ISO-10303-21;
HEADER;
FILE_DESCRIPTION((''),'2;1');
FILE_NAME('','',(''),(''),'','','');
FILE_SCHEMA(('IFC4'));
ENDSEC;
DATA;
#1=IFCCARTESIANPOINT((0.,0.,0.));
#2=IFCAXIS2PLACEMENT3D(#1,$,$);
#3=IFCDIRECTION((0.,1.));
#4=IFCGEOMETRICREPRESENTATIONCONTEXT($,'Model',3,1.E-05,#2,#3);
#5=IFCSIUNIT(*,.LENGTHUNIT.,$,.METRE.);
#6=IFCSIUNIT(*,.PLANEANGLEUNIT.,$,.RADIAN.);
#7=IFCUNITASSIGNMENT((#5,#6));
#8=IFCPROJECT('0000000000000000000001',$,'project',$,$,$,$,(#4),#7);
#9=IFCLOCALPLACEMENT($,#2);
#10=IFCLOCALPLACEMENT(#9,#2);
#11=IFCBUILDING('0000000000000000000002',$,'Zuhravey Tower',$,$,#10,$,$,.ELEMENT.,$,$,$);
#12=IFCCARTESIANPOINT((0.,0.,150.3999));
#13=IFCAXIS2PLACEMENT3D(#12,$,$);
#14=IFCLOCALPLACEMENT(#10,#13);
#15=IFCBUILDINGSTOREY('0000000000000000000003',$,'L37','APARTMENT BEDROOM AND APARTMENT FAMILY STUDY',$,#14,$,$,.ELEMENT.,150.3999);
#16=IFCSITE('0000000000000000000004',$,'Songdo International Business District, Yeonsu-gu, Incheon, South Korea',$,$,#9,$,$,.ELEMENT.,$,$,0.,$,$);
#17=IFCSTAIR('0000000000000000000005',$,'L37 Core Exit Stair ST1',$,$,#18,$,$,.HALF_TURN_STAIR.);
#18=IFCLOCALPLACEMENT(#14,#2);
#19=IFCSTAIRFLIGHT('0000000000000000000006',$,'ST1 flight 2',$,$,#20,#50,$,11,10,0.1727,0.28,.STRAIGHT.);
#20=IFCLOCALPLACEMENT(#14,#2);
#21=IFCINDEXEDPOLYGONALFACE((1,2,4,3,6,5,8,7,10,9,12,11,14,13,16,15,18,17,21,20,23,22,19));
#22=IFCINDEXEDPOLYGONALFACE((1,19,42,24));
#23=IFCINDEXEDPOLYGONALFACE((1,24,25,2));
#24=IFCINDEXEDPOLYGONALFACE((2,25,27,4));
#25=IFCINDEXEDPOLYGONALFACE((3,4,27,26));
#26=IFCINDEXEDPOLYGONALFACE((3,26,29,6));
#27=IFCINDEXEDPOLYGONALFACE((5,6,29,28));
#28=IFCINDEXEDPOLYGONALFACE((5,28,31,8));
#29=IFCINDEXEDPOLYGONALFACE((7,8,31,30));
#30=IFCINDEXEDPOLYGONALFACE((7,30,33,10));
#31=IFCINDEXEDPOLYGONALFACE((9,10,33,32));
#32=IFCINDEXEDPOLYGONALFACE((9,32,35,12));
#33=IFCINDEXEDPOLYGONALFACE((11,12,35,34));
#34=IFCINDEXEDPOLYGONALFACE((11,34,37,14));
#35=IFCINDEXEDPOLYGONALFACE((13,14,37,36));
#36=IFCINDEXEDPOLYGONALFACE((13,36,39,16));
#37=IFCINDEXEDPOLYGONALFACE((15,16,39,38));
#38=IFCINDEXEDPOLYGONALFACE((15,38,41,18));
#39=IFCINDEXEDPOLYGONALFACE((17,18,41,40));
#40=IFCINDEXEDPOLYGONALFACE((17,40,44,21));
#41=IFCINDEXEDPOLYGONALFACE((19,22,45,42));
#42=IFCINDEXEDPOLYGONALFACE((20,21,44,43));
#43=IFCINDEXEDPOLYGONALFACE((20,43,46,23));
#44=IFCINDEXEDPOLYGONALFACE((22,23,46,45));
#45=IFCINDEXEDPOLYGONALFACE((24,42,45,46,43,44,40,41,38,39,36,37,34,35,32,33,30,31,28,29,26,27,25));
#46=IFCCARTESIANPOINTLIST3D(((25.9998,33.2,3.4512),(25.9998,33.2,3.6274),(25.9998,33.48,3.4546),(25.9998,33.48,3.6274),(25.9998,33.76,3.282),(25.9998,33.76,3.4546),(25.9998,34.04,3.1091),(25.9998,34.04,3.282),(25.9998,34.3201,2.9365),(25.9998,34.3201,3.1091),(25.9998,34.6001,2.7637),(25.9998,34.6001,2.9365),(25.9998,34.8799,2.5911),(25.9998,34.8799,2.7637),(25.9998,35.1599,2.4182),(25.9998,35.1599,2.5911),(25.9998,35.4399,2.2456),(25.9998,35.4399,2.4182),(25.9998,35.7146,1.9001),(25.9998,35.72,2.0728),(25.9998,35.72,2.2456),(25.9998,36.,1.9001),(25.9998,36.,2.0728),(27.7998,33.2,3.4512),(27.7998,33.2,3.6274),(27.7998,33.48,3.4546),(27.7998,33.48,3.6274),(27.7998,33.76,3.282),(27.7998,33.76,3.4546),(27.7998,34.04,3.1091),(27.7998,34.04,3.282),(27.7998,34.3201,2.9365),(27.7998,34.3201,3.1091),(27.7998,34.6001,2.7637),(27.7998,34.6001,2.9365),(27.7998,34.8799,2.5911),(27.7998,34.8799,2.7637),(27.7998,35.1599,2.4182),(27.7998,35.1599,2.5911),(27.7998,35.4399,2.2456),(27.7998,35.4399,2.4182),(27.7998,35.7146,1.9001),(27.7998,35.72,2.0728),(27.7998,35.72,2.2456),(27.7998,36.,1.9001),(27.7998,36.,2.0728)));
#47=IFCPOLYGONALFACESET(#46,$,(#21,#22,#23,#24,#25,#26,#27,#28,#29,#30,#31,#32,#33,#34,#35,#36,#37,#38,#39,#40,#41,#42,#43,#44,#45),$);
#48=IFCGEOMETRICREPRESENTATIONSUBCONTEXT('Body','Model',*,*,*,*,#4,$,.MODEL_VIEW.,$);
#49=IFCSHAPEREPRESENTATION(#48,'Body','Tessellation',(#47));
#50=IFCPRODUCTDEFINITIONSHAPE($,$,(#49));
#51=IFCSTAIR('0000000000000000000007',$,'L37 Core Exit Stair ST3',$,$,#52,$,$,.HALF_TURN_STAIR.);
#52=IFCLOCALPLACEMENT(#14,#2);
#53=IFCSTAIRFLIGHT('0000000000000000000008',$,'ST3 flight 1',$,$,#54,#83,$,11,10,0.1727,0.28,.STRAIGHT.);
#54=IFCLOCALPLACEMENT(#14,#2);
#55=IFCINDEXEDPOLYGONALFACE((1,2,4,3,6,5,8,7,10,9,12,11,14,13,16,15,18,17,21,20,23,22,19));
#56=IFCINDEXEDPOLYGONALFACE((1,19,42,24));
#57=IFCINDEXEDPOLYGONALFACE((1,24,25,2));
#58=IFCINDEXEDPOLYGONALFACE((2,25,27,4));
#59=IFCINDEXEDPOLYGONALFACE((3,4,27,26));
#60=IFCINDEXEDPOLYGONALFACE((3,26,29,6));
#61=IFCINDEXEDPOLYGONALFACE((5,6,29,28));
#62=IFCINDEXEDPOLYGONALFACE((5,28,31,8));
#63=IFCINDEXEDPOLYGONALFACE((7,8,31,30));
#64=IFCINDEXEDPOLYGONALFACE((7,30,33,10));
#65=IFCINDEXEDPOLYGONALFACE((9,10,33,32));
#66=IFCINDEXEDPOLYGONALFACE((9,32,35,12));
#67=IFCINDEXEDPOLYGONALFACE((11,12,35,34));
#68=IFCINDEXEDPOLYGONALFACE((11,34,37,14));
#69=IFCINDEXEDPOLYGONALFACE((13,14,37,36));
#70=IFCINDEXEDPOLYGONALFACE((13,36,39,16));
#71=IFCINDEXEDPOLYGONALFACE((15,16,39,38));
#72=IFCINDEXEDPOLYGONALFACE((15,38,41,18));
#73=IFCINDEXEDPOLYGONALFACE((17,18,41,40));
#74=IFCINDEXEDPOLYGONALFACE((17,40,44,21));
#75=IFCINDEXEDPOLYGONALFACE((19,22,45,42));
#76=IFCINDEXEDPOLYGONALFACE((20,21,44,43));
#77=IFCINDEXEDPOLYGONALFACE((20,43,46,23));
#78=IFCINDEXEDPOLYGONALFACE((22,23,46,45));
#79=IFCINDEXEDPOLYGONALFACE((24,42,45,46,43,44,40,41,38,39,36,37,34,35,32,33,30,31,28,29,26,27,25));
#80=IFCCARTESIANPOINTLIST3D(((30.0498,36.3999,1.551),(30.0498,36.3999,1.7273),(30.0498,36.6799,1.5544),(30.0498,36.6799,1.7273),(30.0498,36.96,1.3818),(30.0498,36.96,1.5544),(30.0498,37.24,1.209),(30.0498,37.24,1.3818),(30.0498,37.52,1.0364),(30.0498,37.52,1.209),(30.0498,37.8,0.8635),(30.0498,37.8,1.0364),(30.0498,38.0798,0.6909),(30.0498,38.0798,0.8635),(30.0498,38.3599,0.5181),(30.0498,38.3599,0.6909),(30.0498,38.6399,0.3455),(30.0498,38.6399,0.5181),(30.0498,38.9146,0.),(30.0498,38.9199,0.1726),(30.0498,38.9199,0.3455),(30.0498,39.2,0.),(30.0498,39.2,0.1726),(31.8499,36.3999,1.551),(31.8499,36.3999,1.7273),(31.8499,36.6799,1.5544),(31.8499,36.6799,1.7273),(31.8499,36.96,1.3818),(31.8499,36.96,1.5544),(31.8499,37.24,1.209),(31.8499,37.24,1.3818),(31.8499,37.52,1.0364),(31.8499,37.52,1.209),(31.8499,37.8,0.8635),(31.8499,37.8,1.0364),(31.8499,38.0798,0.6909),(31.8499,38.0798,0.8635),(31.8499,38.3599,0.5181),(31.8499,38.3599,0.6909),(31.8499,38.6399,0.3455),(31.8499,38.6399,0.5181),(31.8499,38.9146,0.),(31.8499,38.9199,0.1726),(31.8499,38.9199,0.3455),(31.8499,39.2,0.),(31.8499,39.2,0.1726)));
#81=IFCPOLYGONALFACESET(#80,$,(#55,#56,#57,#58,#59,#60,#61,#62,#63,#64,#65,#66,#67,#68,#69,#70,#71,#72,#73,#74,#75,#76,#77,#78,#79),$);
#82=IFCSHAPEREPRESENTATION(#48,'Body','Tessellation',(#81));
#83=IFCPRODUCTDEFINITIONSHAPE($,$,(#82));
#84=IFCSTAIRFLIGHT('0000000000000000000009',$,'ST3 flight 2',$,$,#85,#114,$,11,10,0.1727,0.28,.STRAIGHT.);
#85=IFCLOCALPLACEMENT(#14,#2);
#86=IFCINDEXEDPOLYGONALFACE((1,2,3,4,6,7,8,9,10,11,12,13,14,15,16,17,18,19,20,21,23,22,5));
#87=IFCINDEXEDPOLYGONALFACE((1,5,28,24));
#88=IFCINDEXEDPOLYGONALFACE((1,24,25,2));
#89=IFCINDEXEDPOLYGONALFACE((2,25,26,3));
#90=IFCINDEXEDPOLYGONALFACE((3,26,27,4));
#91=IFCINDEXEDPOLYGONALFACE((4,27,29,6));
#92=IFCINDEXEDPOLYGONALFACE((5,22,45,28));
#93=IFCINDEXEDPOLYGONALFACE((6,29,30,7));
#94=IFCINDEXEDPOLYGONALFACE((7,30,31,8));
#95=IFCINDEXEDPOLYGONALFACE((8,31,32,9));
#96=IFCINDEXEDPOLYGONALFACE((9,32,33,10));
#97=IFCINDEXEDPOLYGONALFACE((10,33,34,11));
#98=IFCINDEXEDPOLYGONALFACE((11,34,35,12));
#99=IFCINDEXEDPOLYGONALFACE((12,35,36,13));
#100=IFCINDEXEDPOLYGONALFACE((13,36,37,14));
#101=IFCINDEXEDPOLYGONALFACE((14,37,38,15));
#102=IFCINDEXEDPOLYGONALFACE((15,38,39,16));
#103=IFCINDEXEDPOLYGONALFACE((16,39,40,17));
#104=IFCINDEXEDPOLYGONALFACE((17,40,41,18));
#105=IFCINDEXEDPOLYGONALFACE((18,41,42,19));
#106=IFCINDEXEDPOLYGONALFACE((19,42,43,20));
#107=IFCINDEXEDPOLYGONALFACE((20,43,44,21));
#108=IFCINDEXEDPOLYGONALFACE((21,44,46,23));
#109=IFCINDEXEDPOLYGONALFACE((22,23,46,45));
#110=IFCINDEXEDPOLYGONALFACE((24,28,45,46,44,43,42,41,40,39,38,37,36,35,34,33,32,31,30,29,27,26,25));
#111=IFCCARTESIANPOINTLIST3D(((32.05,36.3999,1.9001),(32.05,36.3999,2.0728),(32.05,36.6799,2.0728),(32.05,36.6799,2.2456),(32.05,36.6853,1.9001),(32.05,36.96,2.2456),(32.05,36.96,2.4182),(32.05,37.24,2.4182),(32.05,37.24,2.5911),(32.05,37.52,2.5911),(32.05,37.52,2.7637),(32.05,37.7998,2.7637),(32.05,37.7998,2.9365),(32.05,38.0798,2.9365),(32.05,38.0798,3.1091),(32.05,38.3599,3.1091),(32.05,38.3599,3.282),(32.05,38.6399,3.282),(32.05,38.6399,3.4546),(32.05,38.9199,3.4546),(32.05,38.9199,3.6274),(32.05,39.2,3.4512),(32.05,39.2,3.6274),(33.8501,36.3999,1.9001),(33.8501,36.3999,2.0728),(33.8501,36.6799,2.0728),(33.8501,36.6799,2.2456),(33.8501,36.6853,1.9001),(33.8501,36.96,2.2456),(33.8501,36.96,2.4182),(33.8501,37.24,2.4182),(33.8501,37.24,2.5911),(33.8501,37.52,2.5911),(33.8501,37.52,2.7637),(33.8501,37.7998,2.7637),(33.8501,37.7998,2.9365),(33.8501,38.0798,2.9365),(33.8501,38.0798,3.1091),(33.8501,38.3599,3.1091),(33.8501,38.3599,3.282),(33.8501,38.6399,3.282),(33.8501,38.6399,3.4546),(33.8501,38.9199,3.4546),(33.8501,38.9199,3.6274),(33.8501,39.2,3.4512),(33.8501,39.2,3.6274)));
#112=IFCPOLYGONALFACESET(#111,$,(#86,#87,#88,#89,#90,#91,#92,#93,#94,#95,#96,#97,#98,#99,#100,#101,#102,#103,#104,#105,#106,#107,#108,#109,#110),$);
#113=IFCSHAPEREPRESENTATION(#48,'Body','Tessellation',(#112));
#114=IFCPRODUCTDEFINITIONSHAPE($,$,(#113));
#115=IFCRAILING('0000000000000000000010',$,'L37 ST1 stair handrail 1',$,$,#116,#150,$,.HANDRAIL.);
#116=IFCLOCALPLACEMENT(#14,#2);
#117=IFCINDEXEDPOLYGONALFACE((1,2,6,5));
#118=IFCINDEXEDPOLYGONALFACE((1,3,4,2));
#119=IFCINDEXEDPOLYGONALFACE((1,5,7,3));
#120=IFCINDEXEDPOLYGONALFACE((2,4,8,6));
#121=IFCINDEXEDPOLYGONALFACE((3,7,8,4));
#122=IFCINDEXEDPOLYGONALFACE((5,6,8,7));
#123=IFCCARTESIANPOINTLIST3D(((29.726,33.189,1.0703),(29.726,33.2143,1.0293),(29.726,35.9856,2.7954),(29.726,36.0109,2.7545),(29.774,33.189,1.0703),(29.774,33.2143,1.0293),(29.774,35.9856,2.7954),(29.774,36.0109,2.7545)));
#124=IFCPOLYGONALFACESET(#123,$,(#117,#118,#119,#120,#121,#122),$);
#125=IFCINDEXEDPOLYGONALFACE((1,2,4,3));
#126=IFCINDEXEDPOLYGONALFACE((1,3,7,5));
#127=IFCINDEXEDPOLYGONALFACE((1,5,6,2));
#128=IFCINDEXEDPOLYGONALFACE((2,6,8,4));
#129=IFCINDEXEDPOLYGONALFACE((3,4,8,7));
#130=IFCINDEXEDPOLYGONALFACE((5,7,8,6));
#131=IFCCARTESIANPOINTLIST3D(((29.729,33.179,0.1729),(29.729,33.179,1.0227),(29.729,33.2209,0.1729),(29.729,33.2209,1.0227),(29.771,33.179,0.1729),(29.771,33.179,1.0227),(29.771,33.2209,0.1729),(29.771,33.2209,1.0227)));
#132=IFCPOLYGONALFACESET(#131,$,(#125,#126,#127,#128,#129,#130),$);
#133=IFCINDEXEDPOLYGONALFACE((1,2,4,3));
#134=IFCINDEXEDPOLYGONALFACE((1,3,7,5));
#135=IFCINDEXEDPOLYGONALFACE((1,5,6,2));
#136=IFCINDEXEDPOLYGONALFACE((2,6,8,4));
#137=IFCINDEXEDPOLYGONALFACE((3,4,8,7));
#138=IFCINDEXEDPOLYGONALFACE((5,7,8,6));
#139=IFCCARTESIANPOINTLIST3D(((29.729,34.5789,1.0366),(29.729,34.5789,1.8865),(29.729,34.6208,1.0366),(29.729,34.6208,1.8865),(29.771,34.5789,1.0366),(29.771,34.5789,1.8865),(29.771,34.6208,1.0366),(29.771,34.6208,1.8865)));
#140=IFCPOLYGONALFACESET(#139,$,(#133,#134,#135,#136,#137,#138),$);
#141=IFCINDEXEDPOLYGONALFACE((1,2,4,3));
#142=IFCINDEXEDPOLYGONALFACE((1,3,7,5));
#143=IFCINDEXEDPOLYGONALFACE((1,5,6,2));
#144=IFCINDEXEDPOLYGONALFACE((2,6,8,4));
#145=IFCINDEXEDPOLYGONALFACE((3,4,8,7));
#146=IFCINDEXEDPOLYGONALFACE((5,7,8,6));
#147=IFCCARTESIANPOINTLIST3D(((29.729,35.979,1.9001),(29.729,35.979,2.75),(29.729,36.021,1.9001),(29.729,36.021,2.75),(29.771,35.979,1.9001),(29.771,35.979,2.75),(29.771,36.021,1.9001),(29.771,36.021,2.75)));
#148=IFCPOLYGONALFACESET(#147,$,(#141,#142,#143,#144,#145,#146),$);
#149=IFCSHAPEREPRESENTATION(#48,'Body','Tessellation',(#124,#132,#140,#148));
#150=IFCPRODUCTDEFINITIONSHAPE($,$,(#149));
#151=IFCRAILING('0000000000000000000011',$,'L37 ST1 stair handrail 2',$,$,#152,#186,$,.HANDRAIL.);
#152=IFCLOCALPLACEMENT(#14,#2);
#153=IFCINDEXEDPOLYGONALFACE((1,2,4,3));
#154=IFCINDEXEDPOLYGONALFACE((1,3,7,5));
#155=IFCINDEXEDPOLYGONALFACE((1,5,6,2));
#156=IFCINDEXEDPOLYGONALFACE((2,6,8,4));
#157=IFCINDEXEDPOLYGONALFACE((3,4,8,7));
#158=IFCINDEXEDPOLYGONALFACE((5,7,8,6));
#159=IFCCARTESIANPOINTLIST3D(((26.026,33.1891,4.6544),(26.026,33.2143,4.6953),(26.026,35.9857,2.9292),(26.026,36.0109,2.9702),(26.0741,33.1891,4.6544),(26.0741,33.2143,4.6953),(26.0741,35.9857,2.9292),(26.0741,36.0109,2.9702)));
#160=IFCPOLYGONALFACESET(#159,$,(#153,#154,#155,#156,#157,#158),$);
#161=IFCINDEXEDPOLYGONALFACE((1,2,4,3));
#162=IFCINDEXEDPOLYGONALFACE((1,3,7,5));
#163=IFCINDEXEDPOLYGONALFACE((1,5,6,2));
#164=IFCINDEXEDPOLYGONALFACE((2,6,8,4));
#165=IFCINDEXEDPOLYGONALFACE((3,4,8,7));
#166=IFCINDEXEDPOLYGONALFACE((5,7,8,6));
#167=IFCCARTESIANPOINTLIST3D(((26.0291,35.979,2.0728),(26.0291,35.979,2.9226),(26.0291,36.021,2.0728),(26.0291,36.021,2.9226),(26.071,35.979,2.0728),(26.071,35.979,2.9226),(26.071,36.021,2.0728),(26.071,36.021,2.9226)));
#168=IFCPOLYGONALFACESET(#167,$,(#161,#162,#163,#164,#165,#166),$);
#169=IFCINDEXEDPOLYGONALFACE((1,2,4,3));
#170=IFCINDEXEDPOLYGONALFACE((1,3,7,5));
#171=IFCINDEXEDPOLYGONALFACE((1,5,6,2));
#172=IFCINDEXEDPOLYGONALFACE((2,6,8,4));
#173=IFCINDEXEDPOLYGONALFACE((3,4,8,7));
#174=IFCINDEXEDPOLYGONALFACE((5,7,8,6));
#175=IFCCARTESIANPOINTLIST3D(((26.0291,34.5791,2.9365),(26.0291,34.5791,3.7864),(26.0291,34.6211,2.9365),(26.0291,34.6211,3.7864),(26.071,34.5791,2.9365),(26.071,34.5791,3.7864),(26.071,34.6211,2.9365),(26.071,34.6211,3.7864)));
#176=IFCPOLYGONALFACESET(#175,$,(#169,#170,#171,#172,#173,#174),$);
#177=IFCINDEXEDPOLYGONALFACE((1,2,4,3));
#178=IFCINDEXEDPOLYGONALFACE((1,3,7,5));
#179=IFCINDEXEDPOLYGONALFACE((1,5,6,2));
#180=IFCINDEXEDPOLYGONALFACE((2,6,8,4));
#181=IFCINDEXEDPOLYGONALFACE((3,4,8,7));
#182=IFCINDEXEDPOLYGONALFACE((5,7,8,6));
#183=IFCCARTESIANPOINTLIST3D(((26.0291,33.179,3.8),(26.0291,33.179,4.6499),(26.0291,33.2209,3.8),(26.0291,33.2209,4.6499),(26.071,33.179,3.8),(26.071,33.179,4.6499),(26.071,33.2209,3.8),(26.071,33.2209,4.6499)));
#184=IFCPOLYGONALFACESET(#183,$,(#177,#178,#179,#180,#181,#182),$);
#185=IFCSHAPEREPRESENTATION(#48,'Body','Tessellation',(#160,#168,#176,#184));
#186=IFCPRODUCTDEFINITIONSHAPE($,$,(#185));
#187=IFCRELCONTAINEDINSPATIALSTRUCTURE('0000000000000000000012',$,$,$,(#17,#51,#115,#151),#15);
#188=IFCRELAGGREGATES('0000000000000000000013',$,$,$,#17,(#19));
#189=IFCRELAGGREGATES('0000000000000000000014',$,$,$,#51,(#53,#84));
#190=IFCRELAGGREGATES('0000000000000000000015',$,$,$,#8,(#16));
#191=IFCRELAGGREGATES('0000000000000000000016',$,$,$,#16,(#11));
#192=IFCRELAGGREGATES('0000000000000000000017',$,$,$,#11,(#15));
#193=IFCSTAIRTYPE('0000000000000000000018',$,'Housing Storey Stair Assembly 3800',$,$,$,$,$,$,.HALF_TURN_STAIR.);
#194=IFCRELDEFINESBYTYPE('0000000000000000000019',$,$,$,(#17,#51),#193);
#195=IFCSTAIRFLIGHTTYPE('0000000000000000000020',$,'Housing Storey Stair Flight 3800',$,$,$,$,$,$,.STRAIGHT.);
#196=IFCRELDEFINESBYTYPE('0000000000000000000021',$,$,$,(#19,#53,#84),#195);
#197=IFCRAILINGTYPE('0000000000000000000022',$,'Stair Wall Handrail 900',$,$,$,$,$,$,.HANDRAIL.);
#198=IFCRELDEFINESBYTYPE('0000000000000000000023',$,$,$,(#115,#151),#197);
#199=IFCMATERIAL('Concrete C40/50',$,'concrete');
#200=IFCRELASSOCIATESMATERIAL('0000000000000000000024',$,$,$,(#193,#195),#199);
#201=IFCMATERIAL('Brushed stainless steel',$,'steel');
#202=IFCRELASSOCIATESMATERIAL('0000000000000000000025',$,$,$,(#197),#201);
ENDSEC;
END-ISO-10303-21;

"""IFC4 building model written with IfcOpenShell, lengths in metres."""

from ifc_helpers import new_model, si_unit, direction, frame, origin, origin_2d, place, context, subcontext, project, spatial, polyline, rectangle, outline, extrude, material, type_object, element, aggregate, save


model = new_model("IFC4")

# Units and contexts
model_context = context("Model", 3, precision=1e-05, world=origin(), true_north=direction((0.0, 1.0)))
body_context = subcontext(model_context, "Body", "Model", "MODEL_VIEW")
ifc_project = project(units=[si_unit("LENGTHUNIT", "METRE"), si_unit("PLANEANGLEUNIT", "RADIAN")], contexts=[model_context])

# Site, building, storey
site_placement = place(None, origin())
site = spatial("IfcSite", under=ifc_project, at=site_placement, Name="Songdo International Business District, Yeonsu-gu, Incheon, South Korea", CompositionType="ELEMENT", RefElevation=0.0)
building_placement = place(site_placement, origin())
building = spatial("IfcBuilding", under=site, at=building_placement, Name="Zuhravey Tower", CompositionType="ELEMENT")
storey_placement = place(building_placement, frame((0.0, 0.0, 150.3999)))
storey = spatial("IfcBuildingStorey", under=building, at=storey_placement, Name="L37", Description="APARTMENT BEDROOM AND APARTMENT FAMILY STUDY", CompositionType="ELEMENT", Elevation=150.3999)

# Stairs, stair flights
ifc_material_1 = material(Name="Concrete C40/50", Category="concrete")
stair_type = type_object("IfcStairType", Name="Housing Storey Stair Assembly 3800", PredefinedType="HALF_TURN_STAIR", material=ifc_material_1)
stair_1_placement = place(storey_placement, origin())
stair_1 = element("IfcStair", 1, at=stair_1_placement, inside=storey, type_object=stair_type, Name="L37 Core Exit Stair ST1", PredefinedType="HALF_TURN_STAIR")
stair_flight_type = type_object("IfcStairFlightType", Name="Housing Storey Stair Flight 3800", PredefinedType="STRAIGHT", material=ifc_material_1)
stair_flight_1_placement = place(storey_placement, frame((26.8999, 36.0, 1.9001), z_axis=(0.0, 0.0, 1.0), x_axis=(0.0, -1.0, 0.0)))
stair_flight_1 = element("IfcStairFlight", 2, at=stair_flight_1_placement, type_object=stair_flight_type, Name="ST1 flight 2", NumberOfRisers=11, NumberOfTreads=10, PredefinedType="STRAIGHT", RiserHeight=0.1727, TreadLength=0.28, context=body_context, shape_type="SweptSolid", body=[
    extrude(outline(polyline([(0.0, 0.0), (0.0, 0.1726), (0.28, 0.1726), (0.28, 0.3455), (0.5601, 0.3455), (0.5601, 0.5181), (0.8401, 0.5181), (0.8401, 0.6909), (1.1201, 0.6909), (1.1201, 0.8635), (1.3999, 0.8635), (1.3999, 1.0364), (1.6799, 1.0364), (1.6799, 1.209), (1.96, 1.209), (1.96, 1.3818), (2.24, 1.3818), (2.24, 1.5544), (2.52, 1.5544), (2.52, 1.7273), (2.8, 1.7273), (2.8, 1.8999), (2.8, 1.551), (0.2854, 0.0), (0.0, 0.0)])), frame((0.0, 0.8999, 0.0), z_axis=(0.0, -1.0, 0.0), x_axis=(1.0, 0.0, 0.0)), (0.0, 0.0, 1.0), 1.8),
])
aggregate(stair_1, [stair_flight_1])
stair_2_placement = place(storey_placement, origin())
stair_2 = element("IfcStair", 3, at=stair_2_placement, inside=storey, type_object=stair_type, Name="L37 Core Exit Stair ST3", PredefinedType="HALF_TURN_STAIR")
stair_flight_2_placement = place(storey_placement, frame((30.95, 39.2, 0.0), z_axis=(0.0, 0.0, 1.0), x_axis=(0.0, -1.0, 0.0)))
stair_flight_2 = element("IfcStairFlight", 4, at=stair_flight_2_placement, type_object=stair_flight_type, Name="ST3 flight 1", NumberOfRisers=11, NumberOfTreads=10, PredefinedType="STRAIGHT", RiserHeight=0.1727, TreadLength=0.28, context=body_context, shape_type="SweptSolid", body=[
    extrude(outline(polyline([(0.0, 0.0), (0.0, 0.1726), (0.28, 0.1726), (0.28, 0.3455), (0.5601, 0.3455), (0.5601, 0.5181), (0.8401, 0.5181), (0.8401, 0.6909), (1.1201, 0.6909), (1.1201, 0.8635), (1.3999, 0.8635), (1.3999, 1.0364), (1.6799, 1.0364), (1.6799, 1.209), (1.96, 1.209), (1.96, 1.3818), (2.24, 1.3818), (2.24, 1.5544), (2.52, 1.5544), (2.52, 1.7273), (2.8, 1.7273), (2.8, 1.8999), (2.8, 1.551), (0.2854, 0.0), (0.0, 0.0)])), frame((0.0, 0.8999, 0.0), z_axis=(0.0, -1.0, 0.0), x_axis=(1.0, 0.0, 0.0)), (0.0, 0.0, 1.0), 1.8),
])
stair_flight_3_placement = place(storey_placement, frame((32.95, 36.3999, 1.9001), z_axis=(0.0, 0.0, 1.0), x_axis=(0.0, 1.0, 0.0)))
stair_flight_3 = element("IfcStairFlight", 5, at=stair_flight_3_placement, type_object=stair_flight_type, Name="ST3 flight 2", NumberOfRisers=11, NumberOfTreads=10, PredefinedType="STRAIGHT", RiserHeight=0.1727, TreadLength=0.28, context=body_context, shape_type="SweptSolid", body=[
    extrude(outline(polyline([(0.0, 0.0), (0.0, 0.1726), (0.28, 0.1726), (0.28, 0.3455), (0.5601, 0.3455), (0.5601, 0.5181), (0.8401, 0.5181), (0.8401, 0.6909), (1.1201, 0.6909), (1.1201, 0.8635), (1.3999, 0.8635), (1.3999, 1.0364), (1.6799, 1.0364), (1.6799, 1.209), (1.96, 1.209), (1.96, 1.3818), (2.24, 1.3818), (2.24, 1.5544), (2.52, 1.5544), (2.52, 1.7273), (2.8, 1.7273), (2.8, 1.8999), (2.8, 1.551), (0.2854, 0.0), (0.0, 0.0)])), frame((0.0, 0.8999, 0.0), z_axis=(0.0, -1.0, 0.0), x_axis=(1.0, 0.0, 0.0)), (0.0, 0.0, 1.0), 1.8),
])
aggregate(stair_2, [stair_flight_2, stair_flight_3])

# Railings
ifc_material_2 = material(Name="Brushed stainless steel", Category="steel")
railing_type_1 = type_object("IfcRailingType", Name="Stair Wall Handrail 900", PredefinedType="HANDRAIL", material=ifc_material_2)
railing_1_placement = place(storey_placement, frame((29.75, 33.2, 0.1729)))
element("IfcRailing", 6, at=railing_1_placement, inside=storey, type_object=railing_type_1, Name="L37 ST1 stair handrail 1", PredefinedType="HANDRAIL", context=body_context, shape_type="SweptSolid", body=[
    extrude(rectangle(XDim=0.0481, YDim=0.0481, at=origin_2d()), frame((0.0, 0.0017, 0.877), z_axis=(0.0, 0.85109, 0.52502), x_axis=(-1.0, 0.0, 0.0)), (0.0, 0.0, 1.0), 3.2859),
    extrude(rectangle(XDim=0.042, YDim=0.042, at=origin_2d()), origin(), (0.0, 0.0, 1.0), 0.8499),
    extrude(rectangle(XDim=0.042, YDim=0.042, at=origin_2d()), frame((0.0, 1.3999, 0.8638)), (0.0, 0.0, 1.0), 0.8499),
    extrude(rectangle(XDim=0.042, YDim=0.042, at=origin_2d()), frame((0.0, 2.8, 1.7273)), (0.0, 0.0, 1.0), 0.8499),
])
for number, where, name in (
    (7, (26.05, 36.0, 2.0728), "L37 ST1 stair handrail 2"),
):
    element("IfcRailing", number, at=place(storey_placement, frame(where)), inside=storey, type_object=railing_type_1, Name=name, PredefinedType="HANDRAIL", context=body_context, shape_type="SweptSolid", body=[
        extrude(rectangle(XDim=0.0481, YDim=0.0481, at=origin_2d()), frame((0.0, -0.0017, 0.877), z_axis=(0.0, -0.85109, 0.52502), x_axis=(1.0, 0.0, 0.0)), (0.0, 0.0, 1.0), 3.2859),
        extrude(rectangle(XDim=0.042, YDim=0.042, at=origin_2d()), origin(), (0.0, 0.0, 1.0), 0.8499),
        extrude(rectangle(XDim=0.042, YDim=0.042, at=origin_2d()), frame((0.0, -1.3999, 0.8638)), (0.0, 0.0, 1.0), 0.8499),
        extrude(rectangle(XDim=0.042, YDim=0.042, at=origin_2d()), frame((0.0, -2.8, 1.7273)), (0.0, 0.0, 1.0), 0.8499),
    ])

save(model, "model.ifc")
